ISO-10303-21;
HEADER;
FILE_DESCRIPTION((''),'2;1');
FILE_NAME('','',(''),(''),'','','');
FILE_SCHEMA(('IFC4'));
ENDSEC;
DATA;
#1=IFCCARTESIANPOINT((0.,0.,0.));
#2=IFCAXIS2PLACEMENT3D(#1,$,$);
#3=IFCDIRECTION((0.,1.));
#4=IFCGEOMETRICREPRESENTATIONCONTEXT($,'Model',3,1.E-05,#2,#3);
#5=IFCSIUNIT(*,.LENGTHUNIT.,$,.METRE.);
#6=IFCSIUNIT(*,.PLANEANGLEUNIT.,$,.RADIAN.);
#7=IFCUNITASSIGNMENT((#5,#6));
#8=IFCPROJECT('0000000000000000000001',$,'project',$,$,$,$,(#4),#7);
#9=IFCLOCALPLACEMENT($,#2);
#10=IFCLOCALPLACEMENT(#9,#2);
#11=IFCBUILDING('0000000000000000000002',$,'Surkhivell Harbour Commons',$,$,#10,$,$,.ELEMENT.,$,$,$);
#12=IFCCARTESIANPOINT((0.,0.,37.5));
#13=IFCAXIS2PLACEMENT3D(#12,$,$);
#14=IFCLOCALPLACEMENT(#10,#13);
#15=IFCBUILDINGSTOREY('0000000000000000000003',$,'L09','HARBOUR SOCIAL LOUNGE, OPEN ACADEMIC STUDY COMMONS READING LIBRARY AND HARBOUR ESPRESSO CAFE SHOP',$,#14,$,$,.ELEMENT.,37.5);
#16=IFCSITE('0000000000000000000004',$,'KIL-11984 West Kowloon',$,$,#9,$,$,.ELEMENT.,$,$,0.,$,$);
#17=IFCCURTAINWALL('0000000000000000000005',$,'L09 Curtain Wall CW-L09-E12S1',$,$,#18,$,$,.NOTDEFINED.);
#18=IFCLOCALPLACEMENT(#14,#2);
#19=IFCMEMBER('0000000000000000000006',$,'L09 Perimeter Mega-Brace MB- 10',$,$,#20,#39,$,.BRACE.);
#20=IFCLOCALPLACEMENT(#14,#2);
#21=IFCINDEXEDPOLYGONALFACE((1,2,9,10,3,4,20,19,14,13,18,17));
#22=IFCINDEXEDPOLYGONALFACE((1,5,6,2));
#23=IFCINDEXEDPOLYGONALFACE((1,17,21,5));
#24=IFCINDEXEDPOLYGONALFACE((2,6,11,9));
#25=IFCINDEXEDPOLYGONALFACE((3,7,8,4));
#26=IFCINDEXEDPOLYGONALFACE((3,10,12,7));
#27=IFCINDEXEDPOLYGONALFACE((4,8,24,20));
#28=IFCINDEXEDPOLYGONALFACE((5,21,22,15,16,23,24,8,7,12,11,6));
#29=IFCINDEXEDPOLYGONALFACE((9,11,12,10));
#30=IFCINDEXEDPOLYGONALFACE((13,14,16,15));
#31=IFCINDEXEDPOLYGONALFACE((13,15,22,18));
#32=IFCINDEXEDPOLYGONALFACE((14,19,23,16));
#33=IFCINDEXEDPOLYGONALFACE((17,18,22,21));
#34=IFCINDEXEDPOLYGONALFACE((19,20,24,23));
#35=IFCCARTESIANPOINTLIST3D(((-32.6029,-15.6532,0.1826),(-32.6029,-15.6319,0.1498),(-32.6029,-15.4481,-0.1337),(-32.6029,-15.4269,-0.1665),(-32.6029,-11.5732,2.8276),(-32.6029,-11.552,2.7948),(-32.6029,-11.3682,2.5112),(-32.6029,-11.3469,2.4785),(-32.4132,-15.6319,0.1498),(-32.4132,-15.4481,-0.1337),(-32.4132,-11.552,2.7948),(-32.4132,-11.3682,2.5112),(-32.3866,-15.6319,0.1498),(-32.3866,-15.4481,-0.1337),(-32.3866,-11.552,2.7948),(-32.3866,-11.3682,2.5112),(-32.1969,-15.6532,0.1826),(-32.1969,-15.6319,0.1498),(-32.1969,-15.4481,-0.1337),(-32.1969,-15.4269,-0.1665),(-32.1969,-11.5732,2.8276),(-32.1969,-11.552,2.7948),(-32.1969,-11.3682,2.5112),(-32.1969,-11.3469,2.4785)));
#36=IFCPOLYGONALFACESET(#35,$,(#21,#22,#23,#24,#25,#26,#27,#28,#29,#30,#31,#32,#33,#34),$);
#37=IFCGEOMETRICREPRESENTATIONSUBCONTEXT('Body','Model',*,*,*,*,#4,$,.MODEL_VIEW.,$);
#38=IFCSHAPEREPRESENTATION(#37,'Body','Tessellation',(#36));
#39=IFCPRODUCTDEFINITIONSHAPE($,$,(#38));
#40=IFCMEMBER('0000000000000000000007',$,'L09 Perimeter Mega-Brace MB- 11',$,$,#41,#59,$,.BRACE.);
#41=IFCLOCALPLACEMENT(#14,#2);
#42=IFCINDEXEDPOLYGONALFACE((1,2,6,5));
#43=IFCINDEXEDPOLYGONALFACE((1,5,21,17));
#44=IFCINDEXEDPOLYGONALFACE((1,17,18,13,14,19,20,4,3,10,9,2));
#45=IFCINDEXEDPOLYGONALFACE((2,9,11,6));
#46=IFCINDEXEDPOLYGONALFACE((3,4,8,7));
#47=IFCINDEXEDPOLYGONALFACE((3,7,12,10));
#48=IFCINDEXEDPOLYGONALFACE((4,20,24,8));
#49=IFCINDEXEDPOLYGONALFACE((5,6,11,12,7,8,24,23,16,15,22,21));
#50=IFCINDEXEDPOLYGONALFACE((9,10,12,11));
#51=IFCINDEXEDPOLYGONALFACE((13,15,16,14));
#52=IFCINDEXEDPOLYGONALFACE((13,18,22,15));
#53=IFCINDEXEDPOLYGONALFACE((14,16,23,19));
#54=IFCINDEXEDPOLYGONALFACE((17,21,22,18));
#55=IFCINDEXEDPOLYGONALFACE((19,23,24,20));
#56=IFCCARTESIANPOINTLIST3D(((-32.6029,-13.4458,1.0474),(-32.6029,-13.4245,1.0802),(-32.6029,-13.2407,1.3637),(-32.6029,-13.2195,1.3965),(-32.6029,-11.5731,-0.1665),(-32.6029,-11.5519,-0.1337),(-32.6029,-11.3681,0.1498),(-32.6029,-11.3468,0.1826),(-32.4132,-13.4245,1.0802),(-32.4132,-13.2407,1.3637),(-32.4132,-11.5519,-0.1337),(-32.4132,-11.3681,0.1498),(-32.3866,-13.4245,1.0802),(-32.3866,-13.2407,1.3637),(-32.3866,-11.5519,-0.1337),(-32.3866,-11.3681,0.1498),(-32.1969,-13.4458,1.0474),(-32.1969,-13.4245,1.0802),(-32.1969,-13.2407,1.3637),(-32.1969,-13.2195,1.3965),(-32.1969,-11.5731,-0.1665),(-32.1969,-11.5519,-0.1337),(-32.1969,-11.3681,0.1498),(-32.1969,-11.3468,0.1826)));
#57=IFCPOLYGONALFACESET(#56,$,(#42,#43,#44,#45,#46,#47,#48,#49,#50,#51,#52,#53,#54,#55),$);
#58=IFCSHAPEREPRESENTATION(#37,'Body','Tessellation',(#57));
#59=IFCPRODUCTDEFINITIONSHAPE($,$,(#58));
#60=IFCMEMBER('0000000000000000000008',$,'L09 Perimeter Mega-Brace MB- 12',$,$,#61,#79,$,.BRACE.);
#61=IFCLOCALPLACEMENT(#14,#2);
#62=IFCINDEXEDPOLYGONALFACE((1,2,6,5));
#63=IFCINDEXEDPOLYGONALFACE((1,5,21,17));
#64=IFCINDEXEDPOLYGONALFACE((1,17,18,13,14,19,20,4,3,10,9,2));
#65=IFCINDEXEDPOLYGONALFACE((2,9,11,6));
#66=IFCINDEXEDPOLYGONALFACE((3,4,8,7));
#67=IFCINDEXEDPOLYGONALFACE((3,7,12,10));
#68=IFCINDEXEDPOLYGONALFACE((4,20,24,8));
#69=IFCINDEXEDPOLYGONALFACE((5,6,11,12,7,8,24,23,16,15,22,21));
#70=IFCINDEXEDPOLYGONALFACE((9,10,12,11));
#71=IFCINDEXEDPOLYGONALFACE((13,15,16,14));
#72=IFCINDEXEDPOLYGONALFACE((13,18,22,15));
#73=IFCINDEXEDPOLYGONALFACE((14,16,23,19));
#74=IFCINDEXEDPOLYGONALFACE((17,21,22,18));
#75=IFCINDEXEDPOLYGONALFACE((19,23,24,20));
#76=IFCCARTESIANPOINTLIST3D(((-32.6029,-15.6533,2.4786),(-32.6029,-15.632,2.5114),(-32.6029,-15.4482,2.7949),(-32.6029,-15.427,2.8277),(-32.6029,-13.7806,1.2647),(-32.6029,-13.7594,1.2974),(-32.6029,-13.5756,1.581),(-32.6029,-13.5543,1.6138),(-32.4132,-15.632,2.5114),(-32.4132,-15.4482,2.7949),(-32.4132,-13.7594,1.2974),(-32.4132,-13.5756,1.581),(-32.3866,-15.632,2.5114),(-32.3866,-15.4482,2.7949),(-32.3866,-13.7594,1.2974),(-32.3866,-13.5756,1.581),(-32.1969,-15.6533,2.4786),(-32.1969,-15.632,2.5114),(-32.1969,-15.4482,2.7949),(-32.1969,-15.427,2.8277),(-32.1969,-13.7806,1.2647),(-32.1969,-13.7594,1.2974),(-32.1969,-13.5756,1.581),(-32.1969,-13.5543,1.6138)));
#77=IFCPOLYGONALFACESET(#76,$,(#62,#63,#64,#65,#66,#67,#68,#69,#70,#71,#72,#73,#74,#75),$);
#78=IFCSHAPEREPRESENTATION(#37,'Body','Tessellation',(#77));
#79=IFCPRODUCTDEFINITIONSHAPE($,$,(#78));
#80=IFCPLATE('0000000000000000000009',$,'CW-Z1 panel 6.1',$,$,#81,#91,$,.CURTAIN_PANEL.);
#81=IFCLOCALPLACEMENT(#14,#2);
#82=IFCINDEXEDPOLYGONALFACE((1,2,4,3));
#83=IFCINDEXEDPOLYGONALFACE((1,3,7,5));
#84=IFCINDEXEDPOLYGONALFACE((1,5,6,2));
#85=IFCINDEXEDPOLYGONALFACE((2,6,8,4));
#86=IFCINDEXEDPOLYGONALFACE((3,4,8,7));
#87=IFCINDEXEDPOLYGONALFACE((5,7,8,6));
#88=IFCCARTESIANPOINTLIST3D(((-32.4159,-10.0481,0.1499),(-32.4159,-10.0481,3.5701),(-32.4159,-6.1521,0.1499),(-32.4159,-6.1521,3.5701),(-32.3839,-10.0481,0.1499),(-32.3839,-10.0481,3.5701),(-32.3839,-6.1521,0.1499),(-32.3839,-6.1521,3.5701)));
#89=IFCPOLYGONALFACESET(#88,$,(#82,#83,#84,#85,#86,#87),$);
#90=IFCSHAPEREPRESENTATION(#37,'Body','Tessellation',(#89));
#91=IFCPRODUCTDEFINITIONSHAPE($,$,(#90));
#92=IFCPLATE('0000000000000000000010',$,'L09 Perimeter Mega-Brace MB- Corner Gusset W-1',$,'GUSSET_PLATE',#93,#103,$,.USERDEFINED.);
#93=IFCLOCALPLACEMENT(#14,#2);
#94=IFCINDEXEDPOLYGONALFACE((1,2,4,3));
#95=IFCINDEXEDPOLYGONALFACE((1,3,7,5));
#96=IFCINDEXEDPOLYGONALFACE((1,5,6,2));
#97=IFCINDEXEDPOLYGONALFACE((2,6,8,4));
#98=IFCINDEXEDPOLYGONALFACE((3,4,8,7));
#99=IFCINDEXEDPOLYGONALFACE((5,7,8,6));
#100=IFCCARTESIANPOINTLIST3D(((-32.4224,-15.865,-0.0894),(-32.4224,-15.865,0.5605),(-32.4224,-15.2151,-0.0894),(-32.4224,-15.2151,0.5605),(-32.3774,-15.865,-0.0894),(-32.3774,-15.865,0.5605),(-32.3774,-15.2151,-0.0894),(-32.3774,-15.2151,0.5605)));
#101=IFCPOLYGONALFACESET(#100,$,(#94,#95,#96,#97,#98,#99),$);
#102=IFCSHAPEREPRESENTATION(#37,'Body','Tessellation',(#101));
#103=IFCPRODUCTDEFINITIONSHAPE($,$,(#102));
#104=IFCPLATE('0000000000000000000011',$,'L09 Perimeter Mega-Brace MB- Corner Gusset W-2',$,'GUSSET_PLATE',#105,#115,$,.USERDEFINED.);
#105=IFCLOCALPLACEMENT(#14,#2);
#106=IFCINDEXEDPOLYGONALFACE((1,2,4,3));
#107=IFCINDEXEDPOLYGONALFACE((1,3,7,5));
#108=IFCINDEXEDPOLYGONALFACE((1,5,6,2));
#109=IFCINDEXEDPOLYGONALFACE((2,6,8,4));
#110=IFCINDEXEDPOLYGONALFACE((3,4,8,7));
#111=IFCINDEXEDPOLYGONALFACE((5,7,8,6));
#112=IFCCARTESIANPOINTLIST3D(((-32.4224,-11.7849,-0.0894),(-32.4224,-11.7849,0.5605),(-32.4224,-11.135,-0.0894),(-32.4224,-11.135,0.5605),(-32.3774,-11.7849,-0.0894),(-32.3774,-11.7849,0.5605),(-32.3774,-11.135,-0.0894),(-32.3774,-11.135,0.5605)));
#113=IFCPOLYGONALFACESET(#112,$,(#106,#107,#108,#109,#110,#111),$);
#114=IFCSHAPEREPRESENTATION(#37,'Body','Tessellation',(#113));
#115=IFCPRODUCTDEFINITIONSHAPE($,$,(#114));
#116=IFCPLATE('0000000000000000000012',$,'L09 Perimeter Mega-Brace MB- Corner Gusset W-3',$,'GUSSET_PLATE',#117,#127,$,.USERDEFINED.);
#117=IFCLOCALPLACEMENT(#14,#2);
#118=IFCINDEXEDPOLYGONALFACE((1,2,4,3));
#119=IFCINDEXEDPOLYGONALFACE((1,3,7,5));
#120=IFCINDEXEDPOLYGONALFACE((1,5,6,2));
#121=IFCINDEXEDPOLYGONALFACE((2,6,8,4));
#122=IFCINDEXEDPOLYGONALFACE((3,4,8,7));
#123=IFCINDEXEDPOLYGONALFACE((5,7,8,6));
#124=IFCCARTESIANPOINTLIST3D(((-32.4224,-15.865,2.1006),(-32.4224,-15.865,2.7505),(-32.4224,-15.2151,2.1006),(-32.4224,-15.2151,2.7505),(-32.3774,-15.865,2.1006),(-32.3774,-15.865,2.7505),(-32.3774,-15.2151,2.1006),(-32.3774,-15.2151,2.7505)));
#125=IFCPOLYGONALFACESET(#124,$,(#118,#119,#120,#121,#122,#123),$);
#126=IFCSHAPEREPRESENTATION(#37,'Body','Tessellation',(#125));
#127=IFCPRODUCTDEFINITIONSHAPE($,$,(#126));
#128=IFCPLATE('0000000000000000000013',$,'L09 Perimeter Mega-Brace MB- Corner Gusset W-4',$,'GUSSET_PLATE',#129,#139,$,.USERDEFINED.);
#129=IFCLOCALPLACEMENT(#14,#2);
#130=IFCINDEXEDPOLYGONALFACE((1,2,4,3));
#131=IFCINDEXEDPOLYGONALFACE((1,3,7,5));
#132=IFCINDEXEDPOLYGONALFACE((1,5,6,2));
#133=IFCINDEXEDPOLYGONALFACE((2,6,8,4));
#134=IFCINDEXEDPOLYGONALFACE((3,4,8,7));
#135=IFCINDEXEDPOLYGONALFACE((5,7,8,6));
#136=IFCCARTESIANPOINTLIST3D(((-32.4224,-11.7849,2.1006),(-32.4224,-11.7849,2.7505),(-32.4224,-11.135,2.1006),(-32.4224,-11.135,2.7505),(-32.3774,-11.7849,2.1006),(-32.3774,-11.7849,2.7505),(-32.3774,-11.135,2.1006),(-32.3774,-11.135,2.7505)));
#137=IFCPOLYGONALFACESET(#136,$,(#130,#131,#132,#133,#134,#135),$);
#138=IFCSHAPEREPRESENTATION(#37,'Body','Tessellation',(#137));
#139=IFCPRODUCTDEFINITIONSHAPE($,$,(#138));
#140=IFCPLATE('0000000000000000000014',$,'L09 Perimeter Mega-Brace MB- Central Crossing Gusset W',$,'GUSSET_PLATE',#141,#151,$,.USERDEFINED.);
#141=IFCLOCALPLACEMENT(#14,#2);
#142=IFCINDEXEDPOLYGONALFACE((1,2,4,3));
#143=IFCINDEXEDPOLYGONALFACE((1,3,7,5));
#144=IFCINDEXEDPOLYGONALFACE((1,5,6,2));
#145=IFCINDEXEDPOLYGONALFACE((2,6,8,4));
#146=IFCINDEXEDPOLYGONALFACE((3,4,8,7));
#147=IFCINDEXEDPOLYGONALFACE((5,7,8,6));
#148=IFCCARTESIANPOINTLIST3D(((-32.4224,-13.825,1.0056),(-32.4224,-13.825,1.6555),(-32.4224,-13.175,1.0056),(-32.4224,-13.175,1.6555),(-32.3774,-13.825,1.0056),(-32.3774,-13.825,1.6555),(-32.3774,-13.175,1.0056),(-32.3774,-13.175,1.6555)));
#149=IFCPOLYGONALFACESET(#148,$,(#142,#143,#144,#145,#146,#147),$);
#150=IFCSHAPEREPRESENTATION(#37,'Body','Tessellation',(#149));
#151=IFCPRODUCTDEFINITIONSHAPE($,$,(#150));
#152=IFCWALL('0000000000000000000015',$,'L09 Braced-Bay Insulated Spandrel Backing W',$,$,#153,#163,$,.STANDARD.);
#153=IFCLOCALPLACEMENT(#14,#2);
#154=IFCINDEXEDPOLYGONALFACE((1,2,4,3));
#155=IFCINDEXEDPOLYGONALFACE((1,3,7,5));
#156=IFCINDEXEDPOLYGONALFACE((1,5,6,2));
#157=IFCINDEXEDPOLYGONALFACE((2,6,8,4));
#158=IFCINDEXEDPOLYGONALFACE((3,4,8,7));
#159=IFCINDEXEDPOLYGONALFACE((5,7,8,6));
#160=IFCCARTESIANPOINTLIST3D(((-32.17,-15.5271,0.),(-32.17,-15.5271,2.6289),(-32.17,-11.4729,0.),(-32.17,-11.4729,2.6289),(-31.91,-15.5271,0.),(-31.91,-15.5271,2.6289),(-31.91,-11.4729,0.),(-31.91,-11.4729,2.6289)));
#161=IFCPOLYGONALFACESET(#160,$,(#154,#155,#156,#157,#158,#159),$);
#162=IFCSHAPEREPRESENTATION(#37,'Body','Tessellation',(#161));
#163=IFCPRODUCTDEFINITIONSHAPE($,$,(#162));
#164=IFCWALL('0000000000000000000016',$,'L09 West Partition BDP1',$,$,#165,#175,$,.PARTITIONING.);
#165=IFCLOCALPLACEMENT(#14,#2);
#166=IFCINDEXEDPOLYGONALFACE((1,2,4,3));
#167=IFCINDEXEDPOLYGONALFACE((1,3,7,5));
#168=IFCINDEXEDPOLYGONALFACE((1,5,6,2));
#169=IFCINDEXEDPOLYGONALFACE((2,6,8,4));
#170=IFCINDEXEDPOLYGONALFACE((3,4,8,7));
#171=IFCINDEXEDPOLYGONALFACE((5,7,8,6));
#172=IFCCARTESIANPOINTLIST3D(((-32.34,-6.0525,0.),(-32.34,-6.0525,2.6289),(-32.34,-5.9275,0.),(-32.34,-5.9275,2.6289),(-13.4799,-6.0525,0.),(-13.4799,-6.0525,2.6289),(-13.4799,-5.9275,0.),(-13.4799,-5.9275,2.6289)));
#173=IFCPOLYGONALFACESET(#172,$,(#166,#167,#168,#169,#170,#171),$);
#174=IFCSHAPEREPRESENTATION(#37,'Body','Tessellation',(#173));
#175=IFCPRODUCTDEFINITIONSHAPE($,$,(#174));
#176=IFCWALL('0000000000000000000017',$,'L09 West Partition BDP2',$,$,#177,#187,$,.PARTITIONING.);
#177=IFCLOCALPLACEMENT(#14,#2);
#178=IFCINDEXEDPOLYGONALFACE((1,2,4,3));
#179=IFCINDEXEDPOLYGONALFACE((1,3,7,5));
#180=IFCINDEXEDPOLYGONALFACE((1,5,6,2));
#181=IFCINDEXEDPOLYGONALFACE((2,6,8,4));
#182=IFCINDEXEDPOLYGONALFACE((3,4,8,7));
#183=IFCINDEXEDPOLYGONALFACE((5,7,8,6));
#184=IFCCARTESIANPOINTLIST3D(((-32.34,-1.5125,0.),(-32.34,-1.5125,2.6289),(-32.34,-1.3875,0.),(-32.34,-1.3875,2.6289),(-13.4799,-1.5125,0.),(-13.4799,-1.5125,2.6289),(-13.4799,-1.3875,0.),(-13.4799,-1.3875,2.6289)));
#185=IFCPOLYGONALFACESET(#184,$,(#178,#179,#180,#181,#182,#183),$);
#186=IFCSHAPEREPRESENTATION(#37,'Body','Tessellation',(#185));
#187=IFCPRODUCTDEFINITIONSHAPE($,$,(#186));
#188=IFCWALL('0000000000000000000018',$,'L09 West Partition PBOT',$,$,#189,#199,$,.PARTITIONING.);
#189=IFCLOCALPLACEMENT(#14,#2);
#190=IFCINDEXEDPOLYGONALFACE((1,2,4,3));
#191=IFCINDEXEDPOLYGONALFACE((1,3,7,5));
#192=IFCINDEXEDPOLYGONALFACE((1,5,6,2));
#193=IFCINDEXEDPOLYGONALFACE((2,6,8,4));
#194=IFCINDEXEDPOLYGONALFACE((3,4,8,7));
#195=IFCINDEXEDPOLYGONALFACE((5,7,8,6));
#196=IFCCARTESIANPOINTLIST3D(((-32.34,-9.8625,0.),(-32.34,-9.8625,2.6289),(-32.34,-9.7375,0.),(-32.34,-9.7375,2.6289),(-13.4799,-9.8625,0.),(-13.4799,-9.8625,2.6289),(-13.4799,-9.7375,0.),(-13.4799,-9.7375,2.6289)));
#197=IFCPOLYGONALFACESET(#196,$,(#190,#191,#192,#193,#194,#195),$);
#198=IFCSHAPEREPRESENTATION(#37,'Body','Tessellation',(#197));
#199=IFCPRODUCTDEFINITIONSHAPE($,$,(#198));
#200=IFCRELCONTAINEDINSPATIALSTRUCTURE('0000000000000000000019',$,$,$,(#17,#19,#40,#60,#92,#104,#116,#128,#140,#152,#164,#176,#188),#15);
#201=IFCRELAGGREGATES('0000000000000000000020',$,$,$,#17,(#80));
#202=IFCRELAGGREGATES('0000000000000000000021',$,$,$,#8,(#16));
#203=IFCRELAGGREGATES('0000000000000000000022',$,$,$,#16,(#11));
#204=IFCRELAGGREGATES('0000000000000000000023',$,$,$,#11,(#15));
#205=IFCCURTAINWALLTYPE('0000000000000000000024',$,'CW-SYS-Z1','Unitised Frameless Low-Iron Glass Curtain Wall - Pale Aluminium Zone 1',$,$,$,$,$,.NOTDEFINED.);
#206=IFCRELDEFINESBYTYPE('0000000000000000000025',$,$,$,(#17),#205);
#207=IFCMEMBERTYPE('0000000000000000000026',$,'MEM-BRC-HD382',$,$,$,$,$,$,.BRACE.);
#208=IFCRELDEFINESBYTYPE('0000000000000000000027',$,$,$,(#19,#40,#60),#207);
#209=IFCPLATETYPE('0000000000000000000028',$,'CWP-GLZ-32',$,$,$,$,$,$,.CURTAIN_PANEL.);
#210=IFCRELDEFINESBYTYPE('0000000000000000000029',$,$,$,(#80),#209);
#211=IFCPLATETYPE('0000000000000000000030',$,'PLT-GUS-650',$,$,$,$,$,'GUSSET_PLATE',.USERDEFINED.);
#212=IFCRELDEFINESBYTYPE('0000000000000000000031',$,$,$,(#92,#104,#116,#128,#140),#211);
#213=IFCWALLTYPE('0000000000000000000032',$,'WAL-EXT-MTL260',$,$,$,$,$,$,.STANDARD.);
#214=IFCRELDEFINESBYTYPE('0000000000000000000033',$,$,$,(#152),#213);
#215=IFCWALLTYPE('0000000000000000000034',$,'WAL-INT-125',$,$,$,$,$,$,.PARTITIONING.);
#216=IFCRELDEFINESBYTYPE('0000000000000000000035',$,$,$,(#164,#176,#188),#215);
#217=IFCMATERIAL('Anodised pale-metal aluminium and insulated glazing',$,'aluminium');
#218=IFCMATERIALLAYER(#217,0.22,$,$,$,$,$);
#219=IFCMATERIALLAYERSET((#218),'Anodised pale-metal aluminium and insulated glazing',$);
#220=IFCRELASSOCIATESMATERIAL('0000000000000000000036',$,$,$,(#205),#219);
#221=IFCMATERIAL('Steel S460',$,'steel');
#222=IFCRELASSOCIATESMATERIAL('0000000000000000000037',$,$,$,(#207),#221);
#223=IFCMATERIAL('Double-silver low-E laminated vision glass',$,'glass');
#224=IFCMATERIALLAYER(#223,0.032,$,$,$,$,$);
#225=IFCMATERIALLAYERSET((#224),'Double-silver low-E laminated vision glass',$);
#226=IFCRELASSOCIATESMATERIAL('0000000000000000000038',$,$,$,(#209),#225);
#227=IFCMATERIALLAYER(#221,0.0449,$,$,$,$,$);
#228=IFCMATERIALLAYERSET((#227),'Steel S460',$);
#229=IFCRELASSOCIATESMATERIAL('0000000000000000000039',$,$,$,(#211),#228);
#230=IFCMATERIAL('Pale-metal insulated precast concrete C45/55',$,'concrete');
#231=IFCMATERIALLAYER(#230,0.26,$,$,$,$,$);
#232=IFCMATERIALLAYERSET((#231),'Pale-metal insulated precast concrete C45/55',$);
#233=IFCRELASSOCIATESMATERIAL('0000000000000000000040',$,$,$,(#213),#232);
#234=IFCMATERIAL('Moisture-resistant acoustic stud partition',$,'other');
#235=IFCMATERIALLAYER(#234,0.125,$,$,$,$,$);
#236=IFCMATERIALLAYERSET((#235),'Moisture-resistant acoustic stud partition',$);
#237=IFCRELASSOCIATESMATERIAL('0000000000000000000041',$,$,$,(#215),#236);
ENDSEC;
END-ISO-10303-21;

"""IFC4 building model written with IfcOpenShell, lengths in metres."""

from ifc_helpers import new_model, si_unit, direction, frame, frame_2d, origin, origin_2d, place, context, subcontext, project, spatial, rectangle, i_section, extrude, material, layer, layer_set, material_profile, profile_set, type_object, element, aggregate, save


model = new_model("IFC4")

# Units and contexts
model_context = context("Model", 3, precision=1e-05, world=origin(), true_north=direction((0.0, 1.0)))
body_context = subcontext(model_context, "Body", "Model", "MODEL_VIEW")
ifc_project = project(units=[si_unit("LENGTHUNIT", "METRE"), si_unit("PLANEANGLEUNIT", "RADIAN")], contexts=[model_context])

# Site, building, storey
site_placement = place(None, origin())
site = spatial("IfcSite", under=ifc_project, at=site_placement, Name="KIL-11984 West Kowloon", CompositionType="ELEMENT", RefElevation=0.0)
building_placement = place(site_placement, origin())
building = spatial("IfcBuilding", under=site, at=building_placement, Name="Surkhivell Harbour Commons", CompositionType="ELEMENT")
storey_placement = place(building_placement, frame((0.0, 0.0, 37.5)))
storey = spatial("IfcBuildingStorey", under=building, at=storey_placement, Name="L09", Description="HARBOUR SOCIAL LOUNGE, OPEN ACADEMIC STUDY COMMONS READING LIBRARY AND HARBOUR ESPRESSO CAFE SHOP", CompositionType="ELEMENT", Elevation=37.5)

# Shared definitions
ifc_material_1 = material(Name="Steel S460", Category="steel")

# Curtain wall
ifc_material_2 = material(Name="Anodised pale-metal aluminium and insulated glazing", Category="aluminium")
ifc_layer_1 = layer(ifc_material_2, 0.22)
ifc_layer_set_1 = layer_set([ifc_layer_1], Name="Anodised pale-metal aluminium and insulated glazing")
curtain_wall_type = type_object("IfcCurtainWallType", Name="CW-SYS-Z1", Description="Unitised Frameless Low-Iron Glass Curtain Wall - Pale Aluminium Zone 1", PredefinedType="NOTDEFINED", material=ifc_layer_set_1)
curtain_wall_placement = place(storey_placement, origin())
curtain_wall = element("IfcCurtainWall", 1, at=curtain_wall_placement, inside=storey, type_object=curtain_wall_type, Name="L09 Curtain Wall CW-L09-E12S1", PredefinedType="NOTDEFINED")

# Members
ifc_material_profile_1 = material_profile(ifc_material_1, i_section(OverallWidth=0.406, OverallDepth=0.416, WebThickness=0.0266, FlangeThickness=0.0391, at=origin_2d()), Name="HD400x382")
ifc_profile_set_1 = profile_set([ifc_material_profile_1], Name="Steel S460")
member_type_1 = type_object("IfcMemberType", Name="MEM-BRC-HD382", PredefinedType="BRACE", material=ifc_profile_set_1)
member_1_placement = place(storey_placement, frame((-32.3999, -15.54, 0.0081), z_axis=(0.0, 0.839104, 0.543971), x_axis=(-1.0, 0.0, 0.0)))
element("IfcMember", 2, at=member_1_placement, inside=storey, type_object=member_type_1, Name="L09 Perimeter Mega-Brace MB- 10", PredefinedType="BRACE", context=body_context, shape_type="SweptSolid", body=[
    extrude(i_section(OverallWidth=0.406, OverallDepth=0.416, WebThickness=0.0266, FlangeThickness=0.0391, at=origin_2d()), origin(), (0.0, 0.0, 1.0), 4.8623),
])
for number, where, z_axis, x_axis, name in (
    (3, (-32.3999, -11.46, 0.0081), (0.0, -0.839118, 0.54395), (1.0, 0.0, 0.0), "L09 Perimeter Mega-Brace MB- 11"),
    (4, (-32.3999, -13.6675, 1.4392), (0.0, -0.839118, 0.54395), (1.0, 0.0, 0.0), "L09 Perimeter Mega-Brace MB- 12"),
):
    element("IfcMember", number, at=place(storey_placement, frame(where, z_axis=z_axis, x_axis=x_axis)), inside=storey, type_object=member_type_1, Name=name, PredefinedType="BRACE", context=body_context, shape_type="SweptSolid", body=[
        extrude(i_section(OverallWidth=0.406, OverallDepth=0.416, WebThickness=0.0266, FlangeThickness=0.0391, at=origin_2d()), origin(), (0.0, 0.0, 1.0), 2.2317),
    ])

# Plate
ifc_material_3 = material(Name="Double-silver low-E laminated vision glass", Category="glass")
ifc_layer_2 = layer(ifc_material_3, 0.032)
ifc_layer_set_2 = layer_set([ifc_layer_2], Name="Double-silver low-E laminated vision glass")
plate_type_1 = type_object("IfcPlateType", Name="CWP-GLZ-32", PredefinedType="CURTAIN_PANEL", material=ifc_layer_set_2)
plate_placement = place(storey_placement, frame((-32.3999, -6.1521, 0.1499), z_axis=(0.0, 0.0, 1.0), x_axis=(0.0, -1.0, 0.0)))
plate = element("IfcPlate", 5, at=plate_placement, type_object=plate_type_1, Name="CW-Z1 panel 6.1", PredefinedType="CURTAIN_PANEL", context=body_context, shape_type="SweptSolid", body=[
    extrude(rectangle(XDim=3.896, YDim=0.032, at=frame_2d((1.948, 0.0))), origin(), (0.0, 0.0, 1.0), 3.4202),
])
aggregate(curtain_wall, [plate])

# Plates
ifc_layer_3 = layer(ifc_material_1, 0.0449)
ifc_layer_set_3 = layer_set([ifc_layer_3], Name="Steel S460")
plate_type_2 = type_object("IfcPlateType", Name="PLT-GUS-650", ElementType="GUSSET_PLATE", PredefinedType="USERDEFINED", material=ifc_layer_set_3)
for number, where, z_axis, x_axis, name in (
    (6, (-32.3999, -15.54, -0.0894), (0.0, 0.0, 1.0), (0.0, 1.0, 0.0), "L09 Perimeter Mega-Brace MB- Corner Gusset W-1"),
    (7, (-32.3999, -11.46, -0.0894), (0.0, 0.0, 1.0), (0.0, 1.0, 0.0), "L09 Perimeter Mega-Brace MB- Corner Gusset W-2"),
    (8, (-32.3999, -15.54, 2.1006), (0.0, 0.0, 1.0), (0.0, 1.0, 0.0), "L09 Perimeter Mega-Brace MB- Corner Gusset W-3"),
    (9, (-32.3999, -11.46, 2.1006), (0.0, 0.0, 1.0), (0.0, 1.0, 0.0), "L09 Perimeter Mega-Brace MB- Corner Gusset W-4"),
    (10, (-32.3999, -13.5, 1.0056), (0.0, 0.0, 1.0), (0.0, 1.0, 0.0), "L09 Perimeter Mega-Brace MB- Central Crossing Gusset W"),
):
    element("IfcPlate", number, at=place(storey_placement, frame(where, z_axis=z_axis, x_axis=x_axis)), inside=storey, type_object=plate_type_2, Name=name, ObjectType="GUSSET_PLATE", PredefinedType="USERDEFINED", context=body_context, shape_type="SweptSolid", body=[
        extrude(rectangle(XDim=0.6499, YDim=0.0449, at=origin_2d()), origin(), (0.0, 0.0, 1.0), 0.6499),
    ])

# Walls
ifc_material_4 = material(Name="Pale-metal insulated precast concrete C45/55", Category="concrete")
ifc_layer_4 = layer(ifc_material_4, 0.26)
ifc_layer_set_4 = layer_set([ifc_layer_4], Name="Pale-metal insulated precast concrete C45/55")
wall_type_1 = type_object("IfcWallType", Name="WAL-EXT-MTL260", PredefinedType="STANDARD", material=ifc_layer_set_4)
wall_placement = place(storey_placement, frame((-32.04, -11.4729, 0.0), z_axis=(0.0, 0.0, 1.0), x_axis=(0.0, -1.0, 0.0)))
element("IfcWall", 11, at=wall_placement, inside=storey, type_object=wall_type_1, Name="L09 Braced-Bay Insulated Spandrel Backing W", PredefinedType="STANDARD", context=body_context, shape_type="SweptSolid", body=[
    extrude(rectangle(XDim=4.0542, YDim=0.26, at=frame_2d((2.0271, 0.0))), origin(), (0.0, 0.0, 1.0), 2.6289),
])
ifc_material_5 = material(Name="Moisture-resistant acoustic stud partition", Category="other")
ifc_layer_5 = layer(ifc_material_5, 0.125)
ifc_layer_set_5 = layer_set([ifc_layer_5], Name="Moisture-resistant acoustic stud partition")
wall_type_2 = type_object("IfcWallType", Name="WAL-INT-125", PredefinedType="PARTITIONING", material=ifc_layer_set_5)
for number, where, z_axis, x_axis, name in (
    (12, (-32.3401, -5.99, 0.0), (0.0, 0.0, 1.0), (1.0, 0.0, 0.0), "L09 West Partition BDP1"),
    (13, (-32.3401, -1.45, 0.0), (0.0, 0.0, 1.0), (1.0, 0.0, 0.0), "L09 West Partition BDP2"),
    (14, (-32.3401, -9.8, 0.0), (0.0, 0.0, 1.0), (1.0, 0.0, 0.0), "L09 West Partition PBOT"),
):
    element("IfcWall", number, at=place(storey_placement, frame(where, z_axis=z_axis, x_axis=x_axis)), inside=storey, type_object=wall_type_2, Name=name, PredefinedType="PARTITIONING", context=body_context, shape_type="SweptSolid", body=[
        extrude(rectangle(XDim=18.8601, YDim=0.125, at=frame_2d((9.4302, 0.0))), origin(), (0.0, 0.0, 1.0), 2.6289),
    ])

save(model, "model.ifc")
